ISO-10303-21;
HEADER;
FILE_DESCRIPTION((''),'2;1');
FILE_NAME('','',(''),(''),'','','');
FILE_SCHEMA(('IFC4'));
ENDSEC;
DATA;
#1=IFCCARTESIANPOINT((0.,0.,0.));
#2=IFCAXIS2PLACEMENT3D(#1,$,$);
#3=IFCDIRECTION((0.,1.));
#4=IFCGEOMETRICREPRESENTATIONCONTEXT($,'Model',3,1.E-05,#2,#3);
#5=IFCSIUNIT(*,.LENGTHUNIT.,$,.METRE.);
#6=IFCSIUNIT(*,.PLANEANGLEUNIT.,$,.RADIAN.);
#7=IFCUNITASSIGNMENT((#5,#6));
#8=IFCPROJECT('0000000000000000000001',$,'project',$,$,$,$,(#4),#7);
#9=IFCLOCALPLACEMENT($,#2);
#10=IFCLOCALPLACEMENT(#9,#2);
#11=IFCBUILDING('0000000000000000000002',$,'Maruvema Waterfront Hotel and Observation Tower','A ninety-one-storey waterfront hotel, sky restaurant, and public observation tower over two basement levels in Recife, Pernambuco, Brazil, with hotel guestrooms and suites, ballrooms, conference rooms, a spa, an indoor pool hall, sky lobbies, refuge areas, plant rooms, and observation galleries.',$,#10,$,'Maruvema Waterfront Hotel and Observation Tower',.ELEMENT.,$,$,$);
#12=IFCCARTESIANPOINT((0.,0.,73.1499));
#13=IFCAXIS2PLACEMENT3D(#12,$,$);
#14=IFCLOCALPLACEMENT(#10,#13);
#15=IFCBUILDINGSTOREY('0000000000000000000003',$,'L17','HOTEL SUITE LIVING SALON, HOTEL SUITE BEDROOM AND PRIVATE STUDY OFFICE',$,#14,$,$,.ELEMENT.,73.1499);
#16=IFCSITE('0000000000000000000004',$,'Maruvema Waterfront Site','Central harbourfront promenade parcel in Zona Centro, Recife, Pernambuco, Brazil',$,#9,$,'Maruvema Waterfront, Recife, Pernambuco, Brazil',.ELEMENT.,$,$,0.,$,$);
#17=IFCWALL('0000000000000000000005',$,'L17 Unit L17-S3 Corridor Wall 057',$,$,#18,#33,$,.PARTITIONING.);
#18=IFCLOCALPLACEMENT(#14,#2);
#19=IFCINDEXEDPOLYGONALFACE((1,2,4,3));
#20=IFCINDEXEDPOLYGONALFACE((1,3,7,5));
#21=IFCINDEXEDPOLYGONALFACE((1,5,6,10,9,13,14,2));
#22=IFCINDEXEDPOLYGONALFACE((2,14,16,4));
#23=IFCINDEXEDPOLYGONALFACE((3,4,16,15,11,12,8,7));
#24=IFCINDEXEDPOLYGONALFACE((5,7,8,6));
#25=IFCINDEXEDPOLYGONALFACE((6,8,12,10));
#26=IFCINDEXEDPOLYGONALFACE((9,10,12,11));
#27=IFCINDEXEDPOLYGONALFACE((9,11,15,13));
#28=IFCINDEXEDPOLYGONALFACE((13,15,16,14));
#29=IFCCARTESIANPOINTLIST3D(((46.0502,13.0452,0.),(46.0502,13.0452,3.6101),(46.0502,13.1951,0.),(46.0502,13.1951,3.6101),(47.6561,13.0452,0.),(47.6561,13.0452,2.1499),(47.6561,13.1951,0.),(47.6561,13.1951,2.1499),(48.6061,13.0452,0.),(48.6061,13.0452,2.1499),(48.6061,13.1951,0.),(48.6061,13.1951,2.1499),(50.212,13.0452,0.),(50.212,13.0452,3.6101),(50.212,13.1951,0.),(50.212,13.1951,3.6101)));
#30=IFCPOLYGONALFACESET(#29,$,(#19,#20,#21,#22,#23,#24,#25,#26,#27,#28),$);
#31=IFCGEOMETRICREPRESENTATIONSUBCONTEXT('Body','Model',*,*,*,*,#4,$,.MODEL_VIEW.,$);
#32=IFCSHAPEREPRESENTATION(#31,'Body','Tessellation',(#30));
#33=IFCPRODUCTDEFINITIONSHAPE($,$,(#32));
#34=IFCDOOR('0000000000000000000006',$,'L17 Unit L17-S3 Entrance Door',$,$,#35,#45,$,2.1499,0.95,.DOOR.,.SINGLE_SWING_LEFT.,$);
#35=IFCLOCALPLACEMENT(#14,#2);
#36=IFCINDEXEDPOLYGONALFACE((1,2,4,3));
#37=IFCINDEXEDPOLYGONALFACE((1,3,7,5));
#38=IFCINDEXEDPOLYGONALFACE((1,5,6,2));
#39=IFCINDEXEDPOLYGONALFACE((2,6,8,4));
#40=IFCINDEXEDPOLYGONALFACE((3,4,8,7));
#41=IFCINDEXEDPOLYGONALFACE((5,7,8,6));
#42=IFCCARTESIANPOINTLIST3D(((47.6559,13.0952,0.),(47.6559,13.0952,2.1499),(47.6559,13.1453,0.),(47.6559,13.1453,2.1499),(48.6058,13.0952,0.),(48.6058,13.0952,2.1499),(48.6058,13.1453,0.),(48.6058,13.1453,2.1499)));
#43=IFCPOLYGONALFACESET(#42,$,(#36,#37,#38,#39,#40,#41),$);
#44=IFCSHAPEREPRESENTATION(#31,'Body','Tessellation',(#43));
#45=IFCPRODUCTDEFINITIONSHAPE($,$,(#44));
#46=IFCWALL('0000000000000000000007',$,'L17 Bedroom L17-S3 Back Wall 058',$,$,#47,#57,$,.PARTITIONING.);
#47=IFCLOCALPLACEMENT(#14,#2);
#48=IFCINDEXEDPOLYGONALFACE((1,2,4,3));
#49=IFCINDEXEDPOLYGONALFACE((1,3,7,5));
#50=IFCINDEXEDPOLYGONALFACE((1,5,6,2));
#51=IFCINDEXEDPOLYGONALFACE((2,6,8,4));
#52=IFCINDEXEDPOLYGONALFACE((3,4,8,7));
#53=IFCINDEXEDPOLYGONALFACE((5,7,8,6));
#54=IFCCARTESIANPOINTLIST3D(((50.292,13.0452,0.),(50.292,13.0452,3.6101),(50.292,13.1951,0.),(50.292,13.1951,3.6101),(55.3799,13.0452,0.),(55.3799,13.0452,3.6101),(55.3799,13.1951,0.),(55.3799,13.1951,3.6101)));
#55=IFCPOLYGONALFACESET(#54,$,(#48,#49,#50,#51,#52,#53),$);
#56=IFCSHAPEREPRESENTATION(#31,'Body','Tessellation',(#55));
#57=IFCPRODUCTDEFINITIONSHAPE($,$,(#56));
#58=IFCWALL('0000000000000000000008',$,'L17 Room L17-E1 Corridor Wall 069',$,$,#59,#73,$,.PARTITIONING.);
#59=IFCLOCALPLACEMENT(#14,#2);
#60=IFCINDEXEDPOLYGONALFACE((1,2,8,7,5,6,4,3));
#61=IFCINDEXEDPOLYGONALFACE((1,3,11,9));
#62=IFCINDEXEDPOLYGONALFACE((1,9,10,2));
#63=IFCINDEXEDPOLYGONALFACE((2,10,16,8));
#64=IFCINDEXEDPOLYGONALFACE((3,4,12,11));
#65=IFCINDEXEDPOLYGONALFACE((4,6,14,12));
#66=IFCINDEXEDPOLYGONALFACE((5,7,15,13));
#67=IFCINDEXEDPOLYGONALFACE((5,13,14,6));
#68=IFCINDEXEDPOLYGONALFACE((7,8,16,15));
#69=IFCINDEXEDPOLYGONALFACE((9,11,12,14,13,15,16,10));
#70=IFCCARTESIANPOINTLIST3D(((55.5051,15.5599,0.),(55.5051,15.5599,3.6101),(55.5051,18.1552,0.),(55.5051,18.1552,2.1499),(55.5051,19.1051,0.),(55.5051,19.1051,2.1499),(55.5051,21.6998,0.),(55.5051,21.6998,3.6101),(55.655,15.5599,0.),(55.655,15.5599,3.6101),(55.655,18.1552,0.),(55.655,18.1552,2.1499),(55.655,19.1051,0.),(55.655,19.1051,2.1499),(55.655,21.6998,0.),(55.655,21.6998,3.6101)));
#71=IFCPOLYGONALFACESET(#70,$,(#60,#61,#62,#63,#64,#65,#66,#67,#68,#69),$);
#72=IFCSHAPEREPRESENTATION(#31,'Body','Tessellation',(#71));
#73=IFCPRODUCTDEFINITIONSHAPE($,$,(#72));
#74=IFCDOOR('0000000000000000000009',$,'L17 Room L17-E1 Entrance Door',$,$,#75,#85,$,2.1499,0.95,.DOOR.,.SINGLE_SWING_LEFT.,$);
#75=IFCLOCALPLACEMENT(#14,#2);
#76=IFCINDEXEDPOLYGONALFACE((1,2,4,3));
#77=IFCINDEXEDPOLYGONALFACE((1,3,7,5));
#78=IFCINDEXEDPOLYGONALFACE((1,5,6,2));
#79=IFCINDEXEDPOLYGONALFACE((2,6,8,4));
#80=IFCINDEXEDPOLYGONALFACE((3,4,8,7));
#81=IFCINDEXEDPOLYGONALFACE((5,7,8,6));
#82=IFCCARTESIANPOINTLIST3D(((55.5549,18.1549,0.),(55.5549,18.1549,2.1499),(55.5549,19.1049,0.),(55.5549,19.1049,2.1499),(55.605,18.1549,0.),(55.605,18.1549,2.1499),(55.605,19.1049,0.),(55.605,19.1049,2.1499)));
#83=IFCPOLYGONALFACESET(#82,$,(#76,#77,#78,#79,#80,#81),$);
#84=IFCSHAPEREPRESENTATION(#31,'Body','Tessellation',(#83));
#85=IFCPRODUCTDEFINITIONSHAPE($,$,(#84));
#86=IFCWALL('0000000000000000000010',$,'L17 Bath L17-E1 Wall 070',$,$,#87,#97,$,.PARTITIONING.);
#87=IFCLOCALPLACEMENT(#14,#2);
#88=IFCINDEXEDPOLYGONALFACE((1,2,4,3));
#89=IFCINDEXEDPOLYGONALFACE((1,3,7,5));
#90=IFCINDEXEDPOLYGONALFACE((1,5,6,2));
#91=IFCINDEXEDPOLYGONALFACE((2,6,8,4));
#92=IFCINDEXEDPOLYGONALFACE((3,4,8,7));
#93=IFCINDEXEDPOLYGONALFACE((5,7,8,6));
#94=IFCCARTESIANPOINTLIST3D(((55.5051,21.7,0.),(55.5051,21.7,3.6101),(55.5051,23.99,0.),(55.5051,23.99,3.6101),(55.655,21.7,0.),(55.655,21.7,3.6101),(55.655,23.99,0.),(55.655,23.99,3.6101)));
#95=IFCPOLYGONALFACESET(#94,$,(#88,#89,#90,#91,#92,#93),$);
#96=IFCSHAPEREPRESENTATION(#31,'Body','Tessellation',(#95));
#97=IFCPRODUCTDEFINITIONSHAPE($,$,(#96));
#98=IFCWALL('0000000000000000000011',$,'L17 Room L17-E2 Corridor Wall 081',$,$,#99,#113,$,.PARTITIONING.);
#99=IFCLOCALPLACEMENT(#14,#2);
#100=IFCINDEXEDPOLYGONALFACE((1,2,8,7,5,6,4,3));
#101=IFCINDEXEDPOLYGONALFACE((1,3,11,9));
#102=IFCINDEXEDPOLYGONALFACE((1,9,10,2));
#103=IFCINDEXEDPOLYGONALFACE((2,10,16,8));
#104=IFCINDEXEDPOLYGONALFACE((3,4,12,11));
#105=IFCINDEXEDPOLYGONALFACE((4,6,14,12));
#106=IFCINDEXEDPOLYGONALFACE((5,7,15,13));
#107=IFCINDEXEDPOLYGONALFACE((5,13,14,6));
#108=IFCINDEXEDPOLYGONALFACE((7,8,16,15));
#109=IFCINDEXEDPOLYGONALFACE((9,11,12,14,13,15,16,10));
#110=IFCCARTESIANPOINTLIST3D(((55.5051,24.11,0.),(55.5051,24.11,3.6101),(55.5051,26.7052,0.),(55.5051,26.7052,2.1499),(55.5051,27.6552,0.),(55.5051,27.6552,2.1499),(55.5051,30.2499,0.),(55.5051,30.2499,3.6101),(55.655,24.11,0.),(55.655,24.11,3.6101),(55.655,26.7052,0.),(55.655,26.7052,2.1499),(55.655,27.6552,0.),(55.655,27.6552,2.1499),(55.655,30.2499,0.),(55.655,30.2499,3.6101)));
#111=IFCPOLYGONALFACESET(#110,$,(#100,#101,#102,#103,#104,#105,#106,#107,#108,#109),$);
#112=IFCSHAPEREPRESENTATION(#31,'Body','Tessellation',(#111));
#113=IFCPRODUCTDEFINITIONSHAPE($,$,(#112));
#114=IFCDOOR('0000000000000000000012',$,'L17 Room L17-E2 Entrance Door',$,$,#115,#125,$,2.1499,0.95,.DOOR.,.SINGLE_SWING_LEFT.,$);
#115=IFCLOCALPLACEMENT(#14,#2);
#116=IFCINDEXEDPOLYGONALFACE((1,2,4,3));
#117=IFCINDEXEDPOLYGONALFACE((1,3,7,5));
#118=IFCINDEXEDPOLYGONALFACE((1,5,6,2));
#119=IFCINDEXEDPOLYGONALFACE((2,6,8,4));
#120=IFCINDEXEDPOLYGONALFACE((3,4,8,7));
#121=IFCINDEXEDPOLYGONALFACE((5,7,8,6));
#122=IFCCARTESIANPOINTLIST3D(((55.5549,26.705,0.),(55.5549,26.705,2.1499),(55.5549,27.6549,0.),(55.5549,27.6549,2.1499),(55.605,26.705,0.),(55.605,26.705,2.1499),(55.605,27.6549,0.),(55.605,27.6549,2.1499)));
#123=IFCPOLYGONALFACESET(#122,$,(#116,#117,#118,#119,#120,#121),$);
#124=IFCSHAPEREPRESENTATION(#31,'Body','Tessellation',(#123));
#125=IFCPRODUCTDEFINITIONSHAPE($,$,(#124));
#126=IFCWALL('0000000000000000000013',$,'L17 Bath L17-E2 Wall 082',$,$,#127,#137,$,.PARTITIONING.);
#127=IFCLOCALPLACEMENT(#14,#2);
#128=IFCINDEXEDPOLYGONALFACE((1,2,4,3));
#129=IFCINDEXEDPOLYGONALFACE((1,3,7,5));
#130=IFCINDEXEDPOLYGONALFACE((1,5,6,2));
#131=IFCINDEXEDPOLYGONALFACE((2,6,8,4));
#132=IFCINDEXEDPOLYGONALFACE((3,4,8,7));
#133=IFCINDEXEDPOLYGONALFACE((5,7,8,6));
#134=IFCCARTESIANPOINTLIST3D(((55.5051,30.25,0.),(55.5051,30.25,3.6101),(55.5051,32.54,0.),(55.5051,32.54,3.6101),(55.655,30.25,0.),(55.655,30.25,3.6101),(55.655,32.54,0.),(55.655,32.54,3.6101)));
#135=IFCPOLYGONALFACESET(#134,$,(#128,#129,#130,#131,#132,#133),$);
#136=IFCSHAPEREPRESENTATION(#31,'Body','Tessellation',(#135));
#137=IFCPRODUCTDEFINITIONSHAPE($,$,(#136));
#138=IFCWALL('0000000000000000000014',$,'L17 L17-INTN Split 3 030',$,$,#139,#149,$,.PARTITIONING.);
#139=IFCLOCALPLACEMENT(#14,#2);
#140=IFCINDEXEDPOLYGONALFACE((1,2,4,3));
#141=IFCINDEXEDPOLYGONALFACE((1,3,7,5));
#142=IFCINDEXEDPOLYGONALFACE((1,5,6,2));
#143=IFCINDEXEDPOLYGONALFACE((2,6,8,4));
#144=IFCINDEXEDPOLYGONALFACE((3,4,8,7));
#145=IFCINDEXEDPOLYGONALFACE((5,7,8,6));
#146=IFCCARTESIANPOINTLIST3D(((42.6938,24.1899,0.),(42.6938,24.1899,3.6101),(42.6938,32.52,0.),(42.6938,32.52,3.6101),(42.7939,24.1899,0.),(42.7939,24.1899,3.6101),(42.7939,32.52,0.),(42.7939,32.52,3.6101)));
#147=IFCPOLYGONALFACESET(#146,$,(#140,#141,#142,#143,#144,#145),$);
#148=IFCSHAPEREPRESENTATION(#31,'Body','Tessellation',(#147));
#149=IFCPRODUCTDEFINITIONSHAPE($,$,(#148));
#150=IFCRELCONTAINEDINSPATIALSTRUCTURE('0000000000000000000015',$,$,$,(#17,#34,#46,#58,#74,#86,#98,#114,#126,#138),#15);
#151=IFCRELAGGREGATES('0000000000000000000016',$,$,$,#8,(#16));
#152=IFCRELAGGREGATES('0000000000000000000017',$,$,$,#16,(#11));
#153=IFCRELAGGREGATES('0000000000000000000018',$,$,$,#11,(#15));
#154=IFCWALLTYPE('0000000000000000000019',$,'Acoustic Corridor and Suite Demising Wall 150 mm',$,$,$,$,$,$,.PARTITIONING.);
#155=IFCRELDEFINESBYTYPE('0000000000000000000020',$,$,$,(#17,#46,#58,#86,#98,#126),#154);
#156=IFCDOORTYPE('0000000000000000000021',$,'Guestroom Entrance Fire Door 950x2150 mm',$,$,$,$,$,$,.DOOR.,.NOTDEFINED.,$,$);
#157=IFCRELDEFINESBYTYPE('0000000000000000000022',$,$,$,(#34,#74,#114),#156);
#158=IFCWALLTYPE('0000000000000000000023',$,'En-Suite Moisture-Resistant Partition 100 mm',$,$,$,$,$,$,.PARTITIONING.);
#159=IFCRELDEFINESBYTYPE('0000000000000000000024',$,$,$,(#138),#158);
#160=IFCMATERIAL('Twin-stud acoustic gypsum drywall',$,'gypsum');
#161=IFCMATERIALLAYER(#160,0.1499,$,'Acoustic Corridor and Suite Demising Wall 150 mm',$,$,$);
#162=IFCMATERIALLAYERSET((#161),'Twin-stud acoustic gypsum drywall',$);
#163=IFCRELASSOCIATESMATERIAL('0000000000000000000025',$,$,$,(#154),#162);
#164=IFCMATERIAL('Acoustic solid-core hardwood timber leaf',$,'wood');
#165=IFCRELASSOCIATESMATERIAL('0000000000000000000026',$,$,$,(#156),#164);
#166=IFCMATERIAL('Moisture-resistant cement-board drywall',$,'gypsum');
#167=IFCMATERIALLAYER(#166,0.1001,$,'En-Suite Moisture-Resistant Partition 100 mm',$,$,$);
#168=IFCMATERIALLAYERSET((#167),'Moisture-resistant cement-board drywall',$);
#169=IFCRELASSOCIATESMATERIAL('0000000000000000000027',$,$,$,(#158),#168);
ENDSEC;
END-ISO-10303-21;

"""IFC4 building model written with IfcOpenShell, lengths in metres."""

from ifc_helpers import new_model, si_unit, direction, frame, frame_2d, origin, place, context, subcontext, project, spatial, rectangle, extrude, material, layer, layer_set, type_object, element, fill, save


model = new_model("IFC4")

# Units and contexts
model_context = context("Model", 3, precision=1e-05, world=origin(), true_north=direction((0.0, 1.0)))
body_context = subcontext(model_context, "Body", "Model", "MODEL_VIEW")
ifc_project = project(units=[si_unit("LENGTHUNIT", "METRE"), si_unit("PLANEANGLEUNIT", "RADIAN")], contexts=[model_context])

# Site, building, storey
site_placement = place(None, origin())
site = spatial("IfcSite", under=ifc_project, at=site_placement, Name="Maruvema Waterfront Site", Description="Central harbourfront promenade parcel in Zona Centro, Recife, Pernambuco, Brazil", LongName="Maruvema Waterfront, Recife, Pernambuco, Brazil", CompositionType="ELEMENT", RefElevation=0.0)
building_placement = place(site_placement, origin())
building = spatial("IfcBuilding", under=site, at=building_placement, Name="Maruvema Waterfront Hotel and Observation Tower", Description="A ninety-one-storey waterfront hotel, sky restaurant, and public observation tower over two basement levels in Recife, Pernambuco, Brazil, with hotel guestrooms and suites, ballrooms, conference rooms, a spa, an indoor pool hall, sky lobbies, refuge areas, plant rooms, and observation galleries.", LongName="Maruvema Waterfront Hotel and Observation Tower", CompositionType="ELEMENT")
storey_placement = place(building_placement, frame((0.0, 0.0, 73.1499)))
storey = spatial("IfcBuildingStorey", under=building, at=storey_placement, Name="L17", Description="HOTEL SUITE LIVING SALON, HOTEL SUITE BEDROOM AND PRIVATE STUDY OFFICE", CompositionType="ELEMENT", Elevation=73.1499)

# Shared definitions
ifc_material_1 = material(Name="Twin-stud acoustic gypsum drywall", Category="gypsum")
ifc_layer_1 = layer(ifc_material_1, 0.1499, Name="Acoustic Corridor and Suite Demising Wall 150 mm")
ifc_layer_set_1 = layer_set([ifc_layer_1], Name="Twin-stud acoustic gypsum drywall")
wall_type_1 = type_object("IfcWallType", Name="Acoustic Corridor and Suite Demising Wall 150 mm", PredefinedType="PARTITIONING", material=ifc_layer_set_1)

# Wall, opening, door
wall_1_placement = place(storey_placement, frame((46.05, 13.1201, 0.0), z_axis=(0.0, 0.0, 1.0), x_axis=(1.0, 0.0, 0.0)))
wall_1 = element("IfcWall", 1, at=wall_1_placement, inside=storey, type_object=wall_type_1, Name="L17 Unit L17-S3 Corridor Wall 057", PredefinedType="PARTITIONING", context=body_context, shape_type="SweptSolid", body=[
    extrude(rectangle(XDim=4.1619, YDim=0.1499, at=frame_2d((2.0811, 0.0))), origin(), (0.0, 0.0, 1.0), 3.6101),
])
opening_1_placement = place(wall_1_placement, frame((1.606, 0.0, 0.0)))
opening_1 = element("IfcOpeningElement", 2, at=opening_1_placement, cuts=wall_1, PredefinedType="OPENING", context=body_context, shape_type="SweptSolid", body=[
    extrude(rectangle(XDim=0.95, YDim=2.1499, at=frame_2d((0.4751, 1.075))), frame((0.0, 0.085, 0.0), z_axis=(0.0, -1.0, 0.0), x_axis=(1.0, 0.0, 0.0)), (0.0, 0.0, 1.0), 0.1699),
])
ifc_material_2 = material(Name="Acoustic solid-core hardwood timber leaf", Category="wood")
door_type_1 = type_object("IfcDoorType", Name="Guestroom Entrance Fire Door 950x2150 mm", OperationType="NOTDEFINED", PredefinedType="DOOR", material=ifc_material_2)
door_1_placement = place(opening_1_placement, frame((0.95, 0.0, 0.0), z_axis=(0.0, 0.0, 1.0), x_axis=(-1.0, 0.0, 0.0)))
door_1 = element("IfcDoor", 3, at=door_1_placement, inside=storey, type_object=door_type_1, Name="L17 Unit L17-S3 Entrance Door", OperationType="SINGLE_SWING_LEFT", OverallHeight=2.1499, OverallWidth=0.95, PredefinedType="DOOR", context=body_context, shape_type="SweptSolid", body=[
    extrude(rectangle(XDim=0.95, YDim=2.1499, at=frame_2d((0.4751, 1.075))), frame((0.0, 0.0249, 0.0), z_axis=(0.0, -1.0, 0.0), x_axis=(1.0, 0.0, 0.0)), (0.0, 0.0, 1.0), 0.05),
])
fill(opening_1, door_1)

# Wall
wall_2_placement = place(storey_placement, frame((50.292, 13.1201, 0.0), z_axis=(0.0, 0.0, 1.0), x_axis=(1.0, 0.0, 0.0)))
element("IfcWall", 4, at=wall_2_placement, inside=storey, type_object=wall_type_1, Name="L17 Bedroom L17-S3 Back Wall 058", PredefinedType="PARTITIONING", context=body_context, shape_type="SweptSolid", body=[
    extrude(rectangle(XDim=5.0879, YDim=0.1499, at=frame_2d((2.5439, 0.0))), origin(), (0.0, 0.0, 1.0), 3.6101),
])

# Wall, opening, door
wall_3_placement = place(storey_placement, frame((55.5801, 15.5601, 0.0), z_axis=(0.0, 0.0, 1.0), x_axis=(0.0, 1.0, 0.0)))
wall_3 = element("IfcWall", 5, at=wall_3_placement, inside=storey, type_object=wall_type_1, Name="L17 Room L17-E1 Corridor Wall 069", PredefinedType="PARTITIONING", context=body_context, shape_type="SweptSolid", body=[
    extrude(rectangle(XDim=6.1399, YDim=0.1499, at=frame_2d((3.0698, 0.0))), origin(), (0.0, 0.0, 1.0), 3.6101),
])
opening_2_placement = place(wall_3_placement, frame((2.595, 0.0, 0.0)))
opening_2 = element("IfcOpeningElement", 6, at=opening_2_placement, cuts=wall_3, PredefinedType="OPENING", context=body_context, shape_type="SweptSolid", body=[
    extrude(rectangle(XDim=0.95, YDim=2.1499, at=frame_2d((0.4751, 1.075))), frame((0.0, 0.085, 0.0), z_axis=(0.0, -1.0, 0.0), x_axis=(1.0, 0.0, 0.0)), (0.0, 0.0, 1.0), 0.1699),
])
door_2_placement = place(opening_2_placement, frame((0.95, 0.0, 0.0), z_axis=(0.0, 0.0, 1.0), x_axis=(-1.0, 0.0, 0.0)))
door_2 = element("IfcDoor", 7, at=door_2_placement, inside=storey, type_object=door_type_1, Name="L17 Room L17-E1 Entrance Door", OperationType="SINGLE_SWING_LEFT", OverallHeight=2.1499, OverallWidth=0.95, PredefinedType="DOOR", context=body_context, shape_type="SweptSolid", body=[
    extrude(rectangle(XDim=0.95, YDim=2.1499, at=frame_2d((0.4751, 1.075))), frame((0.0, 0.0249, 0.0), z_axis=(0.0, -1.0, 0.0), x_axis=(1.0, 0.0, 0.0)), (0.0, 0.0, 1.0), 0.05),
])
fill(opening_2, door_2)

# Wall
wall_4_placement = place(storey_placement, frame((55.5801, 21.7, 0.0), z_axis=(0.0, 0.0, 1.0), x_axis=(0.0, 1.0, 0.0)))
element("IfcWall", 8, at=wall_4_placement, inside=storey, type_object=wall_type_1, Name="L17 Bath L17-E1 Wall 070", PredefinedType="PARTITIONING", context=body_context, shape_type="SweptSolid", body=[
    extrude(rectangle(XDim=2.29, YDim=0.1499, at=frame_2d((1.145, 0.0))), origin(), (0.0, 0.0, 1.0), 3.6101),
])

# Wall, opening, door
wall_5_placement = place(storey_placement, frame((55.5801, 24.1101, 0.0), z_axis=(0.0, 0.0, 1.0), x_axis=(0.0, 1.0, 0.0)))
wall_5 = element("IfcWall", 9, at=wall_5_placement, inside=storey, type_object=wall_type_1, Name="L17 Room L17-E2 Corridor Wall 081", PredefinedType="PARTITIONING", context=body_context, shape_type="SweptSolid", body=[
    extrude(rectangle(XDim=6.1399, YDim=0.1499, at=frame_2d((3.0698, 0.0))), origin(), (0.0, 0.0, 1.0), 3.6101),
])
opening_3_placement = place(wall_5_placement, frame((2.595, 0.0, 0.0)))
opening_3 = element("IfcOpeningElement", 10, at=opening_3_placement, cuts=wall_5, PredefinedType="OPENING", context=body_context, shape_type="SweptSolid", body=[
    extrude(rectangle(XDim=0.95, YDim=2.1499, at=frame_2d((0.4751, 1.075))), frame((0.0, 0.085, 0.0), z_axis=(0.0, -1.0, 0.0), x_axis=(1.0, 0.0, 0.0)), (0.0, 0.0, 1.0), 0.1699),
])
door_3_placement = place(opening_3_placement, frame((0.95, 0.0, 0.0), z_axis=(0.0, 0.0, 1.0), x_axis=(-1.0, 0.0, 0.0)))
door_3 = element("IfcDoor", 11, at=door_3_placement, inside=storey, type_object=door_type_1, Name="L17 Room L17-E2 Entrance Door", OperationType="SINGLE_SWING_LEFT", OverallHeight=2.1499, OverallWidth=0.95, PredefinedType="DOOR", context=body_context, shape_type="SweptSolid", body=[
    extrude(rectangle(XDim=0.95, YDim=2.1499, at=frame_2d((0.4751, 1.075))), frame((0.0, 0.0249, 0.0), z_axis=(0.0, -1.0, 0.0), x_axis=(1.0, 0.0, 0.0)), (0.0, 0.0, 1.0), 0.05),
])
fill(opening_3, door_3)

# Walls
wall_6_placement = place(storey_placement, frame((55.5801, 30.25, 0.0), z_axis=(0.0, 0.0, 1.0), x_axis=(0.0, 1.0, 0.0)))
element("IfcWall", 12, at=wall_6_placement, inside=storey, type_object=wall_type_1, Name="L17 Bath L17-E2 Wall 082", PredefinedType="PARTITIONING", context=body_context, shape_type="SweptSolid", body=[
    extrude(rectangle(XDim=2.29, YDim=0.1499, at=frame_2d((1.145, 0.0))), origin(), (0.0, 0.0, 1.0), 3.6101),
])
ifc_material_3 = material(Name="Moisture-resistant cement-board drywall", Category="gypsum")
ifc_layer_2 = layer(ifc_material_3, 0.1001, Name="En-Suite Moisture-Resistant Partition 100 mm")
ifc_layer_set_2 = layer_set([ifc_layer_2], Name="Moisture-resistant cement-board drywall")
wall_type_2 = type_object("IfcWallType", Name="En-Suite Moisture-Resistant Partition 100 mm", PredefinedType="PARTITIONING", material=ifc_layer_set_2)
wall_7_placement = place(storey_placement, frame((42.7439, 24.1899, 0.0), z_axis=(0.0, 0.0, 1.0), x_axis=(0.0, 1.0, 0.0)))
element("IfcWall", 13, at=wall_7_placement, inside=storey, type_object=wall_type_2, Name="L17 L17-INTN Split 3 030", PredefinedType="PARTITIONING", context=body_context, shape_type="SweptSolid", body=[
    extrude(rectangle(XDim=8.3301, YDim=0.1001, at=frame_2d((4.165, 0.0))), origin(), (0.0, 0.0, 1.0), 3.6101),
])

save(model, "model.ifc")
